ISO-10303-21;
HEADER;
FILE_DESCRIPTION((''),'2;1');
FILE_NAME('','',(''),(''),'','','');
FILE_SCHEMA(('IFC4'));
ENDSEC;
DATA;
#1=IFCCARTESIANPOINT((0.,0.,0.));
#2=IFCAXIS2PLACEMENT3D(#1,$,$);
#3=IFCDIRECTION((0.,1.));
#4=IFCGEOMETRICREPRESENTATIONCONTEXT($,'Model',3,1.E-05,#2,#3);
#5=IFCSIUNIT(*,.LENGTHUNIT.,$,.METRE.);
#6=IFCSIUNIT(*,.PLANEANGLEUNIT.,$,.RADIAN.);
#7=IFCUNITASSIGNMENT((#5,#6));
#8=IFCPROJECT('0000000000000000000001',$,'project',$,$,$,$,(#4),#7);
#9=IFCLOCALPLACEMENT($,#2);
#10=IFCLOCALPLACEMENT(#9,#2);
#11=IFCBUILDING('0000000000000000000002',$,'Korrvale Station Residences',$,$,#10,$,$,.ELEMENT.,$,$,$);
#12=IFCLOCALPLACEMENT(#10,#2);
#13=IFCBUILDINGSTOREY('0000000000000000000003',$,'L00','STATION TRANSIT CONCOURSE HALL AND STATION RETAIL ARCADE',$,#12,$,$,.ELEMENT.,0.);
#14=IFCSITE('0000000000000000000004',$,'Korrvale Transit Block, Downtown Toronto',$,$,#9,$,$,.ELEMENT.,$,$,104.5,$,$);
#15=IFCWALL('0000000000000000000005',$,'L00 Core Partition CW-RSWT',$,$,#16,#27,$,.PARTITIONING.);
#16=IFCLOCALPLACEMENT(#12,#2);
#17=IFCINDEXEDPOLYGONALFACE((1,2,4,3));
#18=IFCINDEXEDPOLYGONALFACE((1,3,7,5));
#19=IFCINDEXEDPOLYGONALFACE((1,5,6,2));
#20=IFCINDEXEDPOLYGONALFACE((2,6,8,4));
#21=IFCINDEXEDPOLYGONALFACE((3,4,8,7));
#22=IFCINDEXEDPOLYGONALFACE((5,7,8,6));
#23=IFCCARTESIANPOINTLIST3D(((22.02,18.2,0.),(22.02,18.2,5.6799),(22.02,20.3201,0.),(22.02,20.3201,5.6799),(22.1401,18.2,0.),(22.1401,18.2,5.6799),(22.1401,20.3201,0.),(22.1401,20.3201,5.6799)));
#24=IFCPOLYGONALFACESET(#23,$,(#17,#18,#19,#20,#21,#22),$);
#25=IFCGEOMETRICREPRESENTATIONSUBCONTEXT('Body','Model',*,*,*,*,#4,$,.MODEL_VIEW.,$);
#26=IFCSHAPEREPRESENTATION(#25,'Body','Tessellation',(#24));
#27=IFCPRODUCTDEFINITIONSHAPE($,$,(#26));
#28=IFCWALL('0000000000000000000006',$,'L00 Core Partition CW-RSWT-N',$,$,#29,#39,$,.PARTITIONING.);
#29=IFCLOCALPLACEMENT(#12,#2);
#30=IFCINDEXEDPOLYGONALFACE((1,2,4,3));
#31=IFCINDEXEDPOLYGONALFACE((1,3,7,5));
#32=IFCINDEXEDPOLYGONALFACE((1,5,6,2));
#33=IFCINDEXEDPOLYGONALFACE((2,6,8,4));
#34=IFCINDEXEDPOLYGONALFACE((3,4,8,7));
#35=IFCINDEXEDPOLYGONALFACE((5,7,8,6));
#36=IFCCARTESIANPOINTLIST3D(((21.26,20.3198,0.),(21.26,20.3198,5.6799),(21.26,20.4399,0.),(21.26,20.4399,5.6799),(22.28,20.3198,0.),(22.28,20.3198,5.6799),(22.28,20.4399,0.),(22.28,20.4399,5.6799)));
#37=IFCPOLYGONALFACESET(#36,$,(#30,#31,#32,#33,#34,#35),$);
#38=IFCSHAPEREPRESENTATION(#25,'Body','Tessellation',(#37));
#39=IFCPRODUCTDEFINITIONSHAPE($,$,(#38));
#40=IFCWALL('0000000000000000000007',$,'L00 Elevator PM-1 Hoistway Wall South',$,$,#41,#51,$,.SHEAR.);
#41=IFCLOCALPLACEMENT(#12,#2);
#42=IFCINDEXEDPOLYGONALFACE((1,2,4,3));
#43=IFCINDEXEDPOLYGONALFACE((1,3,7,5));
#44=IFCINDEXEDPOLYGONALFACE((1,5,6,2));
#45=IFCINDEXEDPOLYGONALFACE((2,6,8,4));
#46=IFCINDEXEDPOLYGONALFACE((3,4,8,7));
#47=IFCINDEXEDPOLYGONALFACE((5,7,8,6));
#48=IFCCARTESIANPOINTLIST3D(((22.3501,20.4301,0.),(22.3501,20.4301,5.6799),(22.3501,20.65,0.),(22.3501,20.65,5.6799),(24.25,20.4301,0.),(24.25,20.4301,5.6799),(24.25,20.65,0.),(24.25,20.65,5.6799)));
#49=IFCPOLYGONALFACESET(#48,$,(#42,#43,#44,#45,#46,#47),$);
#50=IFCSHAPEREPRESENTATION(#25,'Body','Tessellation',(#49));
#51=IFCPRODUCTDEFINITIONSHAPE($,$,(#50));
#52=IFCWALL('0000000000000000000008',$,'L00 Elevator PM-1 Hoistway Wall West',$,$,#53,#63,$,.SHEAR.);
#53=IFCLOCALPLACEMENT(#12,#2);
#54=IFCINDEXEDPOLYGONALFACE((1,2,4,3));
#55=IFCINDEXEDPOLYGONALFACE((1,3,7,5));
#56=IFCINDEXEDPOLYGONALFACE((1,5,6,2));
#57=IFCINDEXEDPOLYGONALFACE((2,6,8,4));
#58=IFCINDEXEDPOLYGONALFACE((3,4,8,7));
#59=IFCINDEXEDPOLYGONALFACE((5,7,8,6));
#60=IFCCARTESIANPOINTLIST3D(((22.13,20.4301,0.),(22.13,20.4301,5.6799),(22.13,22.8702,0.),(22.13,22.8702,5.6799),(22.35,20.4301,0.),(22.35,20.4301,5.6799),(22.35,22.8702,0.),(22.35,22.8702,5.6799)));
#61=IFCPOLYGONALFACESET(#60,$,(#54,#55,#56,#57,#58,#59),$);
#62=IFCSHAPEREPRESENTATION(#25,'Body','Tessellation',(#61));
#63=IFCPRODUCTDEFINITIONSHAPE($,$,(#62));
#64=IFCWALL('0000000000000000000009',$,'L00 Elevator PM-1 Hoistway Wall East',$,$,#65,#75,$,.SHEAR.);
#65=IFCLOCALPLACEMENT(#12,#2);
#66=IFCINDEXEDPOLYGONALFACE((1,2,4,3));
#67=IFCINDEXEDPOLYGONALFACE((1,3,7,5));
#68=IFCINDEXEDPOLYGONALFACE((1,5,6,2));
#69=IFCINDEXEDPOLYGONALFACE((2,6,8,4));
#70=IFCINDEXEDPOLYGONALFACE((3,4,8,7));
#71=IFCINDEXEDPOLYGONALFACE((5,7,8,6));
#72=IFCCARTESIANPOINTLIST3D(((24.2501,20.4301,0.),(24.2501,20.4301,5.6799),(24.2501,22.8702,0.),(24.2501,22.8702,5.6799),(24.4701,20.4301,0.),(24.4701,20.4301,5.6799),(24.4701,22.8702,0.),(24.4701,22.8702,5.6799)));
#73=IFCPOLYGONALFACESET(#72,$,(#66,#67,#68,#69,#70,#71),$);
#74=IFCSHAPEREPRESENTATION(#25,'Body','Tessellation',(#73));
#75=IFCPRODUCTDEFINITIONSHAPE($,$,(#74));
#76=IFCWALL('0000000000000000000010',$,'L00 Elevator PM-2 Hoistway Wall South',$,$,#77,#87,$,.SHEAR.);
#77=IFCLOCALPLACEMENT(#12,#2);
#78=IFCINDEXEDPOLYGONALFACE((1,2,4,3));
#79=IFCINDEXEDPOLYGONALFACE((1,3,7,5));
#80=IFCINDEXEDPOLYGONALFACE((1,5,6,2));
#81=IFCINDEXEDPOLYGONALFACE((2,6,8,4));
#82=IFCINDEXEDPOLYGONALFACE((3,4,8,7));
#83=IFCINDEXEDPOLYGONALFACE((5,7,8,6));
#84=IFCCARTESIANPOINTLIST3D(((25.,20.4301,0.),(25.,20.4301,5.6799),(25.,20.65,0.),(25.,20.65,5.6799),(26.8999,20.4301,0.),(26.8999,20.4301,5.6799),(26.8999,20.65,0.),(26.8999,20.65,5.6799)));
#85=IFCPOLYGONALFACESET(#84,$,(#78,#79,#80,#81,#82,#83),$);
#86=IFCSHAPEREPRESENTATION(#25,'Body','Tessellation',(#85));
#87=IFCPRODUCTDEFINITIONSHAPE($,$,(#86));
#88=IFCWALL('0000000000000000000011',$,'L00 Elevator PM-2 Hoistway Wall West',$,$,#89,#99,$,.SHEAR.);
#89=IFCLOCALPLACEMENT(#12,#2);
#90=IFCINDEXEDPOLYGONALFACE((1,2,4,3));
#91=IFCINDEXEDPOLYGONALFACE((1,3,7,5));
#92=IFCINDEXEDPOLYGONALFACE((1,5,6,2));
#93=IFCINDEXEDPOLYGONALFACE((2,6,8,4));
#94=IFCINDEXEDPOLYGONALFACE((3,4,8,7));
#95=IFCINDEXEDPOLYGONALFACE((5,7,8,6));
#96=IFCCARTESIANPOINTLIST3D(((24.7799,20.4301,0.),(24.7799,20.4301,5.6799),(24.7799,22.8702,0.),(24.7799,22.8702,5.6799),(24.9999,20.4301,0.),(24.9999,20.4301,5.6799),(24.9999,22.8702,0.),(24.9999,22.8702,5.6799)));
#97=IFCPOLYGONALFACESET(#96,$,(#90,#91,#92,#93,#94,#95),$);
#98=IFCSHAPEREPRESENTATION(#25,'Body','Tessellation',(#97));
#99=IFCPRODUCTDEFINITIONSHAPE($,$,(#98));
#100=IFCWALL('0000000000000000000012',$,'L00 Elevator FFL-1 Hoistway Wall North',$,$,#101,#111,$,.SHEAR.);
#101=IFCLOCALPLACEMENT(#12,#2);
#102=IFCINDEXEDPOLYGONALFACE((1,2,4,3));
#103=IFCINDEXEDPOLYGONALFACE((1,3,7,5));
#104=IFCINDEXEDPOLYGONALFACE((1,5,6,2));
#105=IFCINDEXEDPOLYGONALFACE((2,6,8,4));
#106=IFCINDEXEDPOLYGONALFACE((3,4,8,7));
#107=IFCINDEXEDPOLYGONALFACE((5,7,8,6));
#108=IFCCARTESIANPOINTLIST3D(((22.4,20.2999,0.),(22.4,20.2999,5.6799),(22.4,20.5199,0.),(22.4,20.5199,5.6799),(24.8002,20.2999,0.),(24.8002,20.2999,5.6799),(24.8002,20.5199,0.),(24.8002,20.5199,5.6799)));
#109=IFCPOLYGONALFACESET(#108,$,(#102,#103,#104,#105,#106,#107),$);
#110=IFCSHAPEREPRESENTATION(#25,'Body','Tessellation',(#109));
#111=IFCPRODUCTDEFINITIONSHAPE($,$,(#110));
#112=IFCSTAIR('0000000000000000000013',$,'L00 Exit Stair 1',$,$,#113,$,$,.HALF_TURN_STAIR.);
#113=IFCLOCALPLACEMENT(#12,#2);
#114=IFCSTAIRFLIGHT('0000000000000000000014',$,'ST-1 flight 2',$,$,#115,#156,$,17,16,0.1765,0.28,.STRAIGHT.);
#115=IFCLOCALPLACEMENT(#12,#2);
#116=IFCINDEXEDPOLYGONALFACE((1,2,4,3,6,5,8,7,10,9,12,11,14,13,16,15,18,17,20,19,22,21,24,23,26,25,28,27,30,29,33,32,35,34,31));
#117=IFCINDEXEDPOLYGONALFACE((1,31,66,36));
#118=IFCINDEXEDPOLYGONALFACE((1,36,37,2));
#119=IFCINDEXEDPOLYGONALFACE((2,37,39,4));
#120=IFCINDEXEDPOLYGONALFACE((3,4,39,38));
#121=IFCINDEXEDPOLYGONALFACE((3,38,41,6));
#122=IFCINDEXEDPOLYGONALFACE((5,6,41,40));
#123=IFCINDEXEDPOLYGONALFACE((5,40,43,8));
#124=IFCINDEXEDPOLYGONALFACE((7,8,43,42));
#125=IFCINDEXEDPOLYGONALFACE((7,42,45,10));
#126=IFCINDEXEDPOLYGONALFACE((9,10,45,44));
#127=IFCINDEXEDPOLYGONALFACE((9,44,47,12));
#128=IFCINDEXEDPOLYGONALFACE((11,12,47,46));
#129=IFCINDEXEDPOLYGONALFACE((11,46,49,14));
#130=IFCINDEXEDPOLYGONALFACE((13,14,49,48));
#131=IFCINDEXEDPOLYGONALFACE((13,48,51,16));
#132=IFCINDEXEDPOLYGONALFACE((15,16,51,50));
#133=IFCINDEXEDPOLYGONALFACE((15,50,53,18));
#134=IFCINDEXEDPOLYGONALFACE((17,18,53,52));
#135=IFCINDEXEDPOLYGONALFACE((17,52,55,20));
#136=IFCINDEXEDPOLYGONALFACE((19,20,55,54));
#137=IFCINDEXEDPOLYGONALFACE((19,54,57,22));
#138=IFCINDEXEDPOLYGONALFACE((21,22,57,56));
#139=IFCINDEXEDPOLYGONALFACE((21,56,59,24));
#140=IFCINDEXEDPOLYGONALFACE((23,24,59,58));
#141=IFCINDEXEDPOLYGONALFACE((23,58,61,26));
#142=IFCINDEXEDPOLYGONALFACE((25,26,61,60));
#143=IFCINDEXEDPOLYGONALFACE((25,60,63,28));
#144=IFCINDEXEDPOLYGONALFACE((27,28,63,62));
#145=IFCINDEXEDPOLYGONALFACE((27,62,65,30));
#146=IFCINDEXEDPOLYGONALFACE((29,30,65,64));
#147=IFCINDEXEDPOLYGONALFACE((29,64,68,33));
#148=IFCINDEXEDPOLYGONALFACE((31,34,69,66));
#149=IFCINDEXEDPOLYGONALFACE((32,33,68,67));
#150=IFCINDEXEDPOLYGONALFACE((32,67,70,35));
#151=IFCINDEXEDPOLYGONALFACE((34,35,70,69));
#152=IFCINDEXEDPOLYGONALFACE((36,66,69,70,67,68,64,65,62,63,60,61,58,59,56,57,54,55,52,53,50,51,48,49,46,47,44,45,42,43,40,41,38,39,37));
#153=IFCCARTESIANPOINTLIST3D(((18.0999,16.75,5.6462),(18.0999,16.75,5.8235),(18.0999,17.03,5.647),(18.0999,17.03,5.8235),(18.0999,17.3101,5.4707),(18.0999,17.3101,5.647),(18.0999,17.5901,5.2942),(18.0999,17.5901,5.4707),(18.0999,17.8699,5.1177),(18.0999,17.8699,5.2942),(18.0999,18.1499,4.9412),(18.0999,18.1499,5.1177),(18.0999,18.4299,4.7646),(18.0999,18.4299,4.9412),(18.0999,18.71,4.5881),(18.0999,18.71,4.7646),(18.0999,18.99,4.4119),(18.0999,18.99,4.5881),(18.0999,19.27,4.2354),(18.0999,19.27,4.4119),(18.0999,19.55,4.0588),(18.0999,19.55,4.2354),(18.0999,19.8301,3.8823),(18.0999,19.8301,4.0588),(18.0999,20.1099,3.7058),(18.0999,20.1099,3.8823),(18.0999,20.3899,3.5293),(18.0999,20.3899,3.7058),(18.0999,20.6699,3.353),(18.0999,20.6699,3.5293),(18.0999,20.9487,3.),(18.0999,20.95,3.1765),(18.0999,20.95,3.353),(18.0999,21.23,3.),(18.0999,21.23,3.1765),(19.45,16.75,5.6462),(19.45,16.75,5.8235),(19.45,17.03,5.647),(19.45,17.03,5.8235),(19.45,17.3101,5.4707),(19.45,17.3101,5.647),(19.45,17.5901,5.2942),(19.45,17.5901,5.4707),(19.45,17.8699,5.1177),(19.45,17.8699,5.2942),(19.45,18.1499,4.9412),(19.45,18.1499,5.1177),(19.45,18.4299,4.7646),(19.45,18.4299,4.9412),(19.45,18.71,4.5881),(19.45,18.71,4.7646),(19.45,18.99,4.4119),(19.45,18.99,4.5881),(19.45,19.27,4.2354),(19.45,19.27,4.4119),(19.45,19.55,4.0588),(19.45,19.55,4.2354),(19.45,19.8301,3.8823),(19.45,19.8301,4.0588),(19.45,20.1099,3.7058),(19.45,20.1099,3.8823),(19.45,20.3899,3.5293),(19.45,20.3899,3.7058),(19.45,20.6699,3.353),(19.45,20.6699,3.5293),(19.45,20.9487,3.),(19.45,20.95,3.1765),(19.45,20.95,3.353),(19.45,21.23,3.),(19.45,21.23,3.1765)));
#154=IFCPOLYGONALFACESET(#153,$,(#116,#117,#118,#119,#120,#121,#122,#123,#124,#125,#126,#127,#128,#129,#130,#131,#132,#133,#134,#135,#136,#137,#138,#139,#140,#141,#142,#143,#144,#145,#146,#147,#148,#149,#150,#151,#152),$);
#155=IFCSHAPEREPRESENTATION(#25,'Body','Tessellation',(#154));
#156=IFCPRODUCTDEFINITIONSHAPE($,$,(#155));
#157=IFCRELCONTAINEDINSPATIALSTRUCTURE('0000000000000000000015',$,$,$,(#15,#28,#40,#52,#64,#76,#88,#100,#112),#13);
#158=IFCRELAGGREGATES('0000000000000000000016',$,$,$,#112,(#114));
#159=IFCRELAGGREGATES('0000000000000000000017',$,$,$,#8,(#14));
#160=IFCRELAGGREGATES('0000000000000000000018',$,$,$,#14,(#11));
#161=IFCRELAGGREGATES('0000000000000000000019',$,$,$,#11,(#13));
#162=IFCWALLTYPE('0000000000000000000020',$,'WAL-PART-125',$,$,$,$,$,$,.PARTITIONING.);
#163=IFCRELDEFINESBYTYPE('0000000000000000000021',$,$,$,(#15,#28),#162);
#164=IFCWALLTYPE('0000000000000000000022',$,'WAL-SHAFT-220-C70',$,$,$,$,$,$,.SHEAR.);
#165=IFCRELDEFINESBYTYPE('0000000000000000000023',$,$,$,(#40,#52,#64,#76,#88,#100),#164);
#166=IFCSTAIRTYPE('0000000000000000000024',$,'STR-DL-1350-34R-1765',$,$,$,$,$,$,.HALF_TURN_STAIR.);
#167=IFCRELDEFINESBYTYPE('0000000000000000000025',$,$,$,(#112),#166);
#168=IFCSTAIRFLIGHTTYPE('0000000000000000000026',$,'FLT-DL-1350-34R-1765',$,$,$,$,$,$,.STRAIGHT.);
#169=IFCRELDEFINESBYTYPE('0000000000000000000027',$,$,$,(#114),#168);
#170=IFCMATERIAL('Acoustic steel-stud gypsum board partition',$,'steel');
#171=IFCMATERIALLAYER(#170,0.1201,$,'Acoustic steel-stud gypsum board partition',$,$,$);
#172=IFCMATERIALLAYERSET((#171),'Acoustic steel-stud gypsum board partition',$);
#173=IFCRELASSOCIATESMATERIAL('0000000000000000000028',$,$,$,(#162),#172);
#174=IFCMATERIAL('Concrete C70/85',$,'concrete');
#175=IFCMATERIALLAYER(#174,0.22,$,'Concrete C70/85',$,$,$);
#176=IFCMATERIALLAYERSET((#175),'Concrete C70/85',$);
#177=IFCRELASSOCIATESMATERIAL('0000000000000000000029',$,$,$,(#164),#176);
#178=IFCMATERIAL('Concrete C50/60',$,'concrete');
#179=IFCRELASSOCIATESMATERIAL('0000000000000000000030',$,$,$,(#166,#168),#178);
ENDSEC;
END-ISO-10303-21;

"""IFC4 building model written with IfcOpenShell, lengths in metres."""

from ifc_helpers import new_model, si_unit, direction, frame, frame_2d, origin, place, context, subcontext, project, spatial, polyline, rectangle, outline, extrude, material, layer, layer_set, type_object, element, aggregate, save


model = new_model("IFC4")

# Units and contexts
model_context = context("Model", 3, precision=1e-05, world=origin(), true_north=direction((0.0, 1.0)))
body_context = subcontext(model_context, "Body", "Model", "MODEL_VIEW")
ifc_project = project(units=[si_unit("LENGTHUNIT", "METRE"), si_unit("PLANEANGLEUNIT", "RADIAN")], contexts=[model_context])

# Site, building, storey
site_placement = place(None, origin())
site = spatial("IfcSite", under=ifc_project, at=site_placement, Name="Korrvale Transit Block, Downtown Toronto", CompositionType="ELEMENT", RefElevation=104.5)
building_placement = place(site_placement, origin())
building = spatial("IfcBuilding", under=site, at=building_placement, Name="Korrvale Station Residences", CompositionType="ELEMENT")
storey_placement = place(building_placement, origin())
storey = spatial("IfcBuildingStorey", under=building, at=storey_placement, Name="L00", Description="STATION TRANSIT CONCOURSE HALL AND STATION RETAIL ARCADE", CompositionType="ELEMENT", Elevation=0.0)

# Walls
ifc_material_1 = material(Name="Acoustic steel-stud gypsum board partition", Category="steel")
ifc_layer_1 = layer(ifc_material_1, 0.1201, Name="Acoustic steel-stud gypsum board partition")
ifc_layer_set_1 = layer_set([ifc_layer_1], Name="Acoustic steel-stud gypsum board partition")
wall_type_1 = type_object("IfcWallType", Name="WAL-PART-125", PredefinedType="PARTITIONING", material=ifc_layer_set_1)
wall_1_placement = place(storey_placement, frame((22.0801, 18.2, 0.0), z_axis=(0.0, 0.0, 1.0), x_axis=(0.0, 1.0, 0.0)))
element("IfcWall", 1, at=wall_1_placement, inside=storey, type_object=wall_type_1, Name="L00 Core Partition CW-RSWT", PredefinedType="PARTITIONING", context=body_context, shape_type="SweptSolid", body=[
    extrude(rectangle(XDim=2.1201, YDim=0.1201, at=frame_2d((1.0601, 0.0))), origin(), (0.0, 0.0, 1.0), 5.6799),
])
wall_2_placement = place(storey_placement, frame((22.28, 20.3799, 0.0), z_axis=(0.0, 0.0, 1.0), x_axis=(-1.0, 0.0, 0.0)))
element("IfcWall", 2, at=wall_2_placement, inside=storey, type_object=wall_type_1, Name="L00 Core Partition CW-RSWT-N", PredefinedType="PARTITIONING", context=body_context, shape_type="SweptSolid", body=[
    extrude(rectangle(XDim=1.02, YDim=0.1201, at=frame_2d((0.51, 0.0))), origin(), (0.0, 0.0, 1.0), 5.6799),
])
ifc_material_2 = material(Name="Concrete C70/85", Category="concrete")
ifc_layer_2 = layer(ifc_material_2, 0.22, Name="Concrete C70/85")
ifc_layer_set_2 = layer_set([ifc_layer_2], Name="Concrete C70/85")
wall_type_2 = type_object("IfcWallType", Name="WAL-SHAFT-220-C70", PredefinedType="SHEAR", material=ifc_layer_set_2)
wall_3_placement = place(storey_placement, frame((22.3501, 20.54, 0.0), z_axis=(0.0, 0.0, 1.0), x_axis=(1.0, 0.0, 0.0)))
element("IfcWall", 3, at=wall_3_placement, inside=storey, type_object=wall_type_2, Name="L00 Elevator PM-1 Hoistway Wall South", PredefinedType="SHEAR", context=body_context, shape_type="SweptSolid", body=[
    extrude(rectangle(XDim=1.8999, YDim=0.22, at=frame_2d((0.95, 0.0))), origin(), (0.0, 0.0, 1.0), 5.6799),
])

# Walls
for number, where, z_axis, x_axis, name in (
    (4, (22.24, 20.4299, 0.0), (0.0, 0.0, 1.0), (0.0, 1.0, 0.0), "L00 Elevator PM-1 Hoistway Wall West"),
    (5, (24.3601, 20.4299, 0.0), (0.0, 0.0, 1.0), (0.0, 1.0, 0.0), "L00 Elevator PM-1 Hoistway Wall East"),
):
    element("IfcWall", number, at=place(storey_placement, frame(where, z_axis=z_axis, x_axis=x_axis)), inside=storey, type_object=wall_type_2, Name=name, PredefinedType="SHEAR", context=body_context, shape_type="SweptSolid", body=[
        extrude(rectangle(XDim=2.4402, YDim=0.22, at=frame_2d((1.2202, 0.0))), origin(), (0.0, 0.0, 1.0), 5.6799),
    ])
wall_4_placement = place(storey_placement, frame((25.0, 20.54, 0.0), z_axis=(0.0, 0.0, 1.0), x_axis=(1.0, 0.0, 0.0)))
element("IfcWall", 6, at=wall_4_placement, inside=storey, type_object=wall_type_2, Name="L00 Elevator PM-2 Hoistway Wall South", PredefinedType="SHEAR", context=body_context, shape_type="SweptSolid", body=[
    extrude(rectangle(XDim=1.8999, YDim=0.22, at=frame_2d((0.95, 0.0))), origin(), (0.0, 0.0, 1.0), 5.6799),
])

# Walls
wall_5_placement = place(storey_placement, frame((24.8899, 20.4299, 0.0), z_axis=(0.0, 0.0, 1.0), x_axis=(0.0, 1.0, 0.0)))
element("IfcWall", 7, at=wall_5_placement, inside=storey, type_object=wall_type_2, Name="L00 Elevator PM-2 Hoistway Wall West", PredefinedType="SHEAR", context=body_context, shape_type="SweptSolid", body=[
    extrude(rectangle(XDim=2.4402, YDim=0.22, at=frame_2d((1.2202, 0.0))), origin(), (0.0, 0.0, 1.0), 5.6799),
])
wall_6_placement = place(storey_placement, frame((22.3999, 20.4099, 0.0), z_axis=(0.0, 0.0, 1.0), x_axis=(1.0, 0.0, 0.0)))
element("IfcWall", 8, at=wall_6_placement, inside=storey, type_object=wall_type_2, Name="L00 Elevator FFL-1 Hoistway Wall North", PredefinedType="SHEAR", context=body_context, shape_type="SweptSolid", body=[
    extrude(rectangle(XDim=2.4001, YDim=0.22, at=frame_2d((1.2002, 0.0))), origin(), (0.0, 0.0, 1.0), 5.6799),
])

# Stair, stair flight
ifc_material_3 = material(Name="Concrete C50/60", Category="concrete")
stair_type = type_object("IfcStairType", Name="STR-DL-1350-34R-1765", PredefinedType="HALF_TURN_STAIR", material=ifc_material_3)
stair_placement = place(storey_placement, origin())
stair = element("IfcStair", 9, at=stair_placement, inside=storey, type_object=stair_type, Name="L00 Exit Stair 1", PredefinedType="HALF_TURN_STAIR")
stair_flight_type = type_object("IfcStairFlightType", Name="FLT-DL-1350-34R-1765", PredefinedType="STRAIGHT", material=ifc_material_3)
stair_flight_placement = place(storey_placement, frame((18.7749, 21.23, 3.0), z_axis=(0.0, 0.0, 1.0), x_axis=(0.0, -1.0, 0.0)))
stair_flight = element("IfcStairFlight", 10, at=stair_flight_placement, type_object=stair_flight_type, Name="ST-1 flight 2", NumberOfRisers=17, NumberOfTreads=16, PredefinedType="STRAIGHT", RiserHeight=0.1765, TreadLength=0.28, context=body_context, shape_type="SweptSolid", body=[
    extrude(outline(polyline([(0.0, 0.0), (0.0, 0.1765), (0.28, 0.1765), (0.28, 0.353), (0.5601, 0.353), (0.5601, 0.5293), (0.8401, 0.5293), (0.8401, 0.7058), (1.1201, 0.7058), (1.1201, 0.8823), (1.3999, 0.8823), (1.3999, 1.0588), (1.6799, 1.0588), (1.6799, 1.2354), (1.96, 1.2354), (1.96, 1.4119), (2.24, 1.4119), (2.24, 1.5881), (2.52, 1.5881), (2.52, 1.7646), (2.8, 1.7646), (2.8, 1.9412), (3.0801, 1.9412), (3.0801, 2.1177), (3.3601, 2.1177), (3.3601, 2.2942), (3.6399, 2.2942), (3.6399, 2.4707), (3.9199, 2.4707), (3.9199, 2.647), (4.2, 2.647), (4.2, 2.8235), (4.48, 2.8235), (4.48, 3.0), (4.48, 2.6462), (0.2812, 0.0), (0.0, 0.0)])), frame((0.0, 0.675, 0.0), z_axis=(0.0, -1.0, 0.0), x_axis=(1.0, 0.0, 0.0)), (0.0, 0.0, 1.0), 1.3501),
])
aggregate(stair, [stair_flight])

save(model, "model.ifc")
